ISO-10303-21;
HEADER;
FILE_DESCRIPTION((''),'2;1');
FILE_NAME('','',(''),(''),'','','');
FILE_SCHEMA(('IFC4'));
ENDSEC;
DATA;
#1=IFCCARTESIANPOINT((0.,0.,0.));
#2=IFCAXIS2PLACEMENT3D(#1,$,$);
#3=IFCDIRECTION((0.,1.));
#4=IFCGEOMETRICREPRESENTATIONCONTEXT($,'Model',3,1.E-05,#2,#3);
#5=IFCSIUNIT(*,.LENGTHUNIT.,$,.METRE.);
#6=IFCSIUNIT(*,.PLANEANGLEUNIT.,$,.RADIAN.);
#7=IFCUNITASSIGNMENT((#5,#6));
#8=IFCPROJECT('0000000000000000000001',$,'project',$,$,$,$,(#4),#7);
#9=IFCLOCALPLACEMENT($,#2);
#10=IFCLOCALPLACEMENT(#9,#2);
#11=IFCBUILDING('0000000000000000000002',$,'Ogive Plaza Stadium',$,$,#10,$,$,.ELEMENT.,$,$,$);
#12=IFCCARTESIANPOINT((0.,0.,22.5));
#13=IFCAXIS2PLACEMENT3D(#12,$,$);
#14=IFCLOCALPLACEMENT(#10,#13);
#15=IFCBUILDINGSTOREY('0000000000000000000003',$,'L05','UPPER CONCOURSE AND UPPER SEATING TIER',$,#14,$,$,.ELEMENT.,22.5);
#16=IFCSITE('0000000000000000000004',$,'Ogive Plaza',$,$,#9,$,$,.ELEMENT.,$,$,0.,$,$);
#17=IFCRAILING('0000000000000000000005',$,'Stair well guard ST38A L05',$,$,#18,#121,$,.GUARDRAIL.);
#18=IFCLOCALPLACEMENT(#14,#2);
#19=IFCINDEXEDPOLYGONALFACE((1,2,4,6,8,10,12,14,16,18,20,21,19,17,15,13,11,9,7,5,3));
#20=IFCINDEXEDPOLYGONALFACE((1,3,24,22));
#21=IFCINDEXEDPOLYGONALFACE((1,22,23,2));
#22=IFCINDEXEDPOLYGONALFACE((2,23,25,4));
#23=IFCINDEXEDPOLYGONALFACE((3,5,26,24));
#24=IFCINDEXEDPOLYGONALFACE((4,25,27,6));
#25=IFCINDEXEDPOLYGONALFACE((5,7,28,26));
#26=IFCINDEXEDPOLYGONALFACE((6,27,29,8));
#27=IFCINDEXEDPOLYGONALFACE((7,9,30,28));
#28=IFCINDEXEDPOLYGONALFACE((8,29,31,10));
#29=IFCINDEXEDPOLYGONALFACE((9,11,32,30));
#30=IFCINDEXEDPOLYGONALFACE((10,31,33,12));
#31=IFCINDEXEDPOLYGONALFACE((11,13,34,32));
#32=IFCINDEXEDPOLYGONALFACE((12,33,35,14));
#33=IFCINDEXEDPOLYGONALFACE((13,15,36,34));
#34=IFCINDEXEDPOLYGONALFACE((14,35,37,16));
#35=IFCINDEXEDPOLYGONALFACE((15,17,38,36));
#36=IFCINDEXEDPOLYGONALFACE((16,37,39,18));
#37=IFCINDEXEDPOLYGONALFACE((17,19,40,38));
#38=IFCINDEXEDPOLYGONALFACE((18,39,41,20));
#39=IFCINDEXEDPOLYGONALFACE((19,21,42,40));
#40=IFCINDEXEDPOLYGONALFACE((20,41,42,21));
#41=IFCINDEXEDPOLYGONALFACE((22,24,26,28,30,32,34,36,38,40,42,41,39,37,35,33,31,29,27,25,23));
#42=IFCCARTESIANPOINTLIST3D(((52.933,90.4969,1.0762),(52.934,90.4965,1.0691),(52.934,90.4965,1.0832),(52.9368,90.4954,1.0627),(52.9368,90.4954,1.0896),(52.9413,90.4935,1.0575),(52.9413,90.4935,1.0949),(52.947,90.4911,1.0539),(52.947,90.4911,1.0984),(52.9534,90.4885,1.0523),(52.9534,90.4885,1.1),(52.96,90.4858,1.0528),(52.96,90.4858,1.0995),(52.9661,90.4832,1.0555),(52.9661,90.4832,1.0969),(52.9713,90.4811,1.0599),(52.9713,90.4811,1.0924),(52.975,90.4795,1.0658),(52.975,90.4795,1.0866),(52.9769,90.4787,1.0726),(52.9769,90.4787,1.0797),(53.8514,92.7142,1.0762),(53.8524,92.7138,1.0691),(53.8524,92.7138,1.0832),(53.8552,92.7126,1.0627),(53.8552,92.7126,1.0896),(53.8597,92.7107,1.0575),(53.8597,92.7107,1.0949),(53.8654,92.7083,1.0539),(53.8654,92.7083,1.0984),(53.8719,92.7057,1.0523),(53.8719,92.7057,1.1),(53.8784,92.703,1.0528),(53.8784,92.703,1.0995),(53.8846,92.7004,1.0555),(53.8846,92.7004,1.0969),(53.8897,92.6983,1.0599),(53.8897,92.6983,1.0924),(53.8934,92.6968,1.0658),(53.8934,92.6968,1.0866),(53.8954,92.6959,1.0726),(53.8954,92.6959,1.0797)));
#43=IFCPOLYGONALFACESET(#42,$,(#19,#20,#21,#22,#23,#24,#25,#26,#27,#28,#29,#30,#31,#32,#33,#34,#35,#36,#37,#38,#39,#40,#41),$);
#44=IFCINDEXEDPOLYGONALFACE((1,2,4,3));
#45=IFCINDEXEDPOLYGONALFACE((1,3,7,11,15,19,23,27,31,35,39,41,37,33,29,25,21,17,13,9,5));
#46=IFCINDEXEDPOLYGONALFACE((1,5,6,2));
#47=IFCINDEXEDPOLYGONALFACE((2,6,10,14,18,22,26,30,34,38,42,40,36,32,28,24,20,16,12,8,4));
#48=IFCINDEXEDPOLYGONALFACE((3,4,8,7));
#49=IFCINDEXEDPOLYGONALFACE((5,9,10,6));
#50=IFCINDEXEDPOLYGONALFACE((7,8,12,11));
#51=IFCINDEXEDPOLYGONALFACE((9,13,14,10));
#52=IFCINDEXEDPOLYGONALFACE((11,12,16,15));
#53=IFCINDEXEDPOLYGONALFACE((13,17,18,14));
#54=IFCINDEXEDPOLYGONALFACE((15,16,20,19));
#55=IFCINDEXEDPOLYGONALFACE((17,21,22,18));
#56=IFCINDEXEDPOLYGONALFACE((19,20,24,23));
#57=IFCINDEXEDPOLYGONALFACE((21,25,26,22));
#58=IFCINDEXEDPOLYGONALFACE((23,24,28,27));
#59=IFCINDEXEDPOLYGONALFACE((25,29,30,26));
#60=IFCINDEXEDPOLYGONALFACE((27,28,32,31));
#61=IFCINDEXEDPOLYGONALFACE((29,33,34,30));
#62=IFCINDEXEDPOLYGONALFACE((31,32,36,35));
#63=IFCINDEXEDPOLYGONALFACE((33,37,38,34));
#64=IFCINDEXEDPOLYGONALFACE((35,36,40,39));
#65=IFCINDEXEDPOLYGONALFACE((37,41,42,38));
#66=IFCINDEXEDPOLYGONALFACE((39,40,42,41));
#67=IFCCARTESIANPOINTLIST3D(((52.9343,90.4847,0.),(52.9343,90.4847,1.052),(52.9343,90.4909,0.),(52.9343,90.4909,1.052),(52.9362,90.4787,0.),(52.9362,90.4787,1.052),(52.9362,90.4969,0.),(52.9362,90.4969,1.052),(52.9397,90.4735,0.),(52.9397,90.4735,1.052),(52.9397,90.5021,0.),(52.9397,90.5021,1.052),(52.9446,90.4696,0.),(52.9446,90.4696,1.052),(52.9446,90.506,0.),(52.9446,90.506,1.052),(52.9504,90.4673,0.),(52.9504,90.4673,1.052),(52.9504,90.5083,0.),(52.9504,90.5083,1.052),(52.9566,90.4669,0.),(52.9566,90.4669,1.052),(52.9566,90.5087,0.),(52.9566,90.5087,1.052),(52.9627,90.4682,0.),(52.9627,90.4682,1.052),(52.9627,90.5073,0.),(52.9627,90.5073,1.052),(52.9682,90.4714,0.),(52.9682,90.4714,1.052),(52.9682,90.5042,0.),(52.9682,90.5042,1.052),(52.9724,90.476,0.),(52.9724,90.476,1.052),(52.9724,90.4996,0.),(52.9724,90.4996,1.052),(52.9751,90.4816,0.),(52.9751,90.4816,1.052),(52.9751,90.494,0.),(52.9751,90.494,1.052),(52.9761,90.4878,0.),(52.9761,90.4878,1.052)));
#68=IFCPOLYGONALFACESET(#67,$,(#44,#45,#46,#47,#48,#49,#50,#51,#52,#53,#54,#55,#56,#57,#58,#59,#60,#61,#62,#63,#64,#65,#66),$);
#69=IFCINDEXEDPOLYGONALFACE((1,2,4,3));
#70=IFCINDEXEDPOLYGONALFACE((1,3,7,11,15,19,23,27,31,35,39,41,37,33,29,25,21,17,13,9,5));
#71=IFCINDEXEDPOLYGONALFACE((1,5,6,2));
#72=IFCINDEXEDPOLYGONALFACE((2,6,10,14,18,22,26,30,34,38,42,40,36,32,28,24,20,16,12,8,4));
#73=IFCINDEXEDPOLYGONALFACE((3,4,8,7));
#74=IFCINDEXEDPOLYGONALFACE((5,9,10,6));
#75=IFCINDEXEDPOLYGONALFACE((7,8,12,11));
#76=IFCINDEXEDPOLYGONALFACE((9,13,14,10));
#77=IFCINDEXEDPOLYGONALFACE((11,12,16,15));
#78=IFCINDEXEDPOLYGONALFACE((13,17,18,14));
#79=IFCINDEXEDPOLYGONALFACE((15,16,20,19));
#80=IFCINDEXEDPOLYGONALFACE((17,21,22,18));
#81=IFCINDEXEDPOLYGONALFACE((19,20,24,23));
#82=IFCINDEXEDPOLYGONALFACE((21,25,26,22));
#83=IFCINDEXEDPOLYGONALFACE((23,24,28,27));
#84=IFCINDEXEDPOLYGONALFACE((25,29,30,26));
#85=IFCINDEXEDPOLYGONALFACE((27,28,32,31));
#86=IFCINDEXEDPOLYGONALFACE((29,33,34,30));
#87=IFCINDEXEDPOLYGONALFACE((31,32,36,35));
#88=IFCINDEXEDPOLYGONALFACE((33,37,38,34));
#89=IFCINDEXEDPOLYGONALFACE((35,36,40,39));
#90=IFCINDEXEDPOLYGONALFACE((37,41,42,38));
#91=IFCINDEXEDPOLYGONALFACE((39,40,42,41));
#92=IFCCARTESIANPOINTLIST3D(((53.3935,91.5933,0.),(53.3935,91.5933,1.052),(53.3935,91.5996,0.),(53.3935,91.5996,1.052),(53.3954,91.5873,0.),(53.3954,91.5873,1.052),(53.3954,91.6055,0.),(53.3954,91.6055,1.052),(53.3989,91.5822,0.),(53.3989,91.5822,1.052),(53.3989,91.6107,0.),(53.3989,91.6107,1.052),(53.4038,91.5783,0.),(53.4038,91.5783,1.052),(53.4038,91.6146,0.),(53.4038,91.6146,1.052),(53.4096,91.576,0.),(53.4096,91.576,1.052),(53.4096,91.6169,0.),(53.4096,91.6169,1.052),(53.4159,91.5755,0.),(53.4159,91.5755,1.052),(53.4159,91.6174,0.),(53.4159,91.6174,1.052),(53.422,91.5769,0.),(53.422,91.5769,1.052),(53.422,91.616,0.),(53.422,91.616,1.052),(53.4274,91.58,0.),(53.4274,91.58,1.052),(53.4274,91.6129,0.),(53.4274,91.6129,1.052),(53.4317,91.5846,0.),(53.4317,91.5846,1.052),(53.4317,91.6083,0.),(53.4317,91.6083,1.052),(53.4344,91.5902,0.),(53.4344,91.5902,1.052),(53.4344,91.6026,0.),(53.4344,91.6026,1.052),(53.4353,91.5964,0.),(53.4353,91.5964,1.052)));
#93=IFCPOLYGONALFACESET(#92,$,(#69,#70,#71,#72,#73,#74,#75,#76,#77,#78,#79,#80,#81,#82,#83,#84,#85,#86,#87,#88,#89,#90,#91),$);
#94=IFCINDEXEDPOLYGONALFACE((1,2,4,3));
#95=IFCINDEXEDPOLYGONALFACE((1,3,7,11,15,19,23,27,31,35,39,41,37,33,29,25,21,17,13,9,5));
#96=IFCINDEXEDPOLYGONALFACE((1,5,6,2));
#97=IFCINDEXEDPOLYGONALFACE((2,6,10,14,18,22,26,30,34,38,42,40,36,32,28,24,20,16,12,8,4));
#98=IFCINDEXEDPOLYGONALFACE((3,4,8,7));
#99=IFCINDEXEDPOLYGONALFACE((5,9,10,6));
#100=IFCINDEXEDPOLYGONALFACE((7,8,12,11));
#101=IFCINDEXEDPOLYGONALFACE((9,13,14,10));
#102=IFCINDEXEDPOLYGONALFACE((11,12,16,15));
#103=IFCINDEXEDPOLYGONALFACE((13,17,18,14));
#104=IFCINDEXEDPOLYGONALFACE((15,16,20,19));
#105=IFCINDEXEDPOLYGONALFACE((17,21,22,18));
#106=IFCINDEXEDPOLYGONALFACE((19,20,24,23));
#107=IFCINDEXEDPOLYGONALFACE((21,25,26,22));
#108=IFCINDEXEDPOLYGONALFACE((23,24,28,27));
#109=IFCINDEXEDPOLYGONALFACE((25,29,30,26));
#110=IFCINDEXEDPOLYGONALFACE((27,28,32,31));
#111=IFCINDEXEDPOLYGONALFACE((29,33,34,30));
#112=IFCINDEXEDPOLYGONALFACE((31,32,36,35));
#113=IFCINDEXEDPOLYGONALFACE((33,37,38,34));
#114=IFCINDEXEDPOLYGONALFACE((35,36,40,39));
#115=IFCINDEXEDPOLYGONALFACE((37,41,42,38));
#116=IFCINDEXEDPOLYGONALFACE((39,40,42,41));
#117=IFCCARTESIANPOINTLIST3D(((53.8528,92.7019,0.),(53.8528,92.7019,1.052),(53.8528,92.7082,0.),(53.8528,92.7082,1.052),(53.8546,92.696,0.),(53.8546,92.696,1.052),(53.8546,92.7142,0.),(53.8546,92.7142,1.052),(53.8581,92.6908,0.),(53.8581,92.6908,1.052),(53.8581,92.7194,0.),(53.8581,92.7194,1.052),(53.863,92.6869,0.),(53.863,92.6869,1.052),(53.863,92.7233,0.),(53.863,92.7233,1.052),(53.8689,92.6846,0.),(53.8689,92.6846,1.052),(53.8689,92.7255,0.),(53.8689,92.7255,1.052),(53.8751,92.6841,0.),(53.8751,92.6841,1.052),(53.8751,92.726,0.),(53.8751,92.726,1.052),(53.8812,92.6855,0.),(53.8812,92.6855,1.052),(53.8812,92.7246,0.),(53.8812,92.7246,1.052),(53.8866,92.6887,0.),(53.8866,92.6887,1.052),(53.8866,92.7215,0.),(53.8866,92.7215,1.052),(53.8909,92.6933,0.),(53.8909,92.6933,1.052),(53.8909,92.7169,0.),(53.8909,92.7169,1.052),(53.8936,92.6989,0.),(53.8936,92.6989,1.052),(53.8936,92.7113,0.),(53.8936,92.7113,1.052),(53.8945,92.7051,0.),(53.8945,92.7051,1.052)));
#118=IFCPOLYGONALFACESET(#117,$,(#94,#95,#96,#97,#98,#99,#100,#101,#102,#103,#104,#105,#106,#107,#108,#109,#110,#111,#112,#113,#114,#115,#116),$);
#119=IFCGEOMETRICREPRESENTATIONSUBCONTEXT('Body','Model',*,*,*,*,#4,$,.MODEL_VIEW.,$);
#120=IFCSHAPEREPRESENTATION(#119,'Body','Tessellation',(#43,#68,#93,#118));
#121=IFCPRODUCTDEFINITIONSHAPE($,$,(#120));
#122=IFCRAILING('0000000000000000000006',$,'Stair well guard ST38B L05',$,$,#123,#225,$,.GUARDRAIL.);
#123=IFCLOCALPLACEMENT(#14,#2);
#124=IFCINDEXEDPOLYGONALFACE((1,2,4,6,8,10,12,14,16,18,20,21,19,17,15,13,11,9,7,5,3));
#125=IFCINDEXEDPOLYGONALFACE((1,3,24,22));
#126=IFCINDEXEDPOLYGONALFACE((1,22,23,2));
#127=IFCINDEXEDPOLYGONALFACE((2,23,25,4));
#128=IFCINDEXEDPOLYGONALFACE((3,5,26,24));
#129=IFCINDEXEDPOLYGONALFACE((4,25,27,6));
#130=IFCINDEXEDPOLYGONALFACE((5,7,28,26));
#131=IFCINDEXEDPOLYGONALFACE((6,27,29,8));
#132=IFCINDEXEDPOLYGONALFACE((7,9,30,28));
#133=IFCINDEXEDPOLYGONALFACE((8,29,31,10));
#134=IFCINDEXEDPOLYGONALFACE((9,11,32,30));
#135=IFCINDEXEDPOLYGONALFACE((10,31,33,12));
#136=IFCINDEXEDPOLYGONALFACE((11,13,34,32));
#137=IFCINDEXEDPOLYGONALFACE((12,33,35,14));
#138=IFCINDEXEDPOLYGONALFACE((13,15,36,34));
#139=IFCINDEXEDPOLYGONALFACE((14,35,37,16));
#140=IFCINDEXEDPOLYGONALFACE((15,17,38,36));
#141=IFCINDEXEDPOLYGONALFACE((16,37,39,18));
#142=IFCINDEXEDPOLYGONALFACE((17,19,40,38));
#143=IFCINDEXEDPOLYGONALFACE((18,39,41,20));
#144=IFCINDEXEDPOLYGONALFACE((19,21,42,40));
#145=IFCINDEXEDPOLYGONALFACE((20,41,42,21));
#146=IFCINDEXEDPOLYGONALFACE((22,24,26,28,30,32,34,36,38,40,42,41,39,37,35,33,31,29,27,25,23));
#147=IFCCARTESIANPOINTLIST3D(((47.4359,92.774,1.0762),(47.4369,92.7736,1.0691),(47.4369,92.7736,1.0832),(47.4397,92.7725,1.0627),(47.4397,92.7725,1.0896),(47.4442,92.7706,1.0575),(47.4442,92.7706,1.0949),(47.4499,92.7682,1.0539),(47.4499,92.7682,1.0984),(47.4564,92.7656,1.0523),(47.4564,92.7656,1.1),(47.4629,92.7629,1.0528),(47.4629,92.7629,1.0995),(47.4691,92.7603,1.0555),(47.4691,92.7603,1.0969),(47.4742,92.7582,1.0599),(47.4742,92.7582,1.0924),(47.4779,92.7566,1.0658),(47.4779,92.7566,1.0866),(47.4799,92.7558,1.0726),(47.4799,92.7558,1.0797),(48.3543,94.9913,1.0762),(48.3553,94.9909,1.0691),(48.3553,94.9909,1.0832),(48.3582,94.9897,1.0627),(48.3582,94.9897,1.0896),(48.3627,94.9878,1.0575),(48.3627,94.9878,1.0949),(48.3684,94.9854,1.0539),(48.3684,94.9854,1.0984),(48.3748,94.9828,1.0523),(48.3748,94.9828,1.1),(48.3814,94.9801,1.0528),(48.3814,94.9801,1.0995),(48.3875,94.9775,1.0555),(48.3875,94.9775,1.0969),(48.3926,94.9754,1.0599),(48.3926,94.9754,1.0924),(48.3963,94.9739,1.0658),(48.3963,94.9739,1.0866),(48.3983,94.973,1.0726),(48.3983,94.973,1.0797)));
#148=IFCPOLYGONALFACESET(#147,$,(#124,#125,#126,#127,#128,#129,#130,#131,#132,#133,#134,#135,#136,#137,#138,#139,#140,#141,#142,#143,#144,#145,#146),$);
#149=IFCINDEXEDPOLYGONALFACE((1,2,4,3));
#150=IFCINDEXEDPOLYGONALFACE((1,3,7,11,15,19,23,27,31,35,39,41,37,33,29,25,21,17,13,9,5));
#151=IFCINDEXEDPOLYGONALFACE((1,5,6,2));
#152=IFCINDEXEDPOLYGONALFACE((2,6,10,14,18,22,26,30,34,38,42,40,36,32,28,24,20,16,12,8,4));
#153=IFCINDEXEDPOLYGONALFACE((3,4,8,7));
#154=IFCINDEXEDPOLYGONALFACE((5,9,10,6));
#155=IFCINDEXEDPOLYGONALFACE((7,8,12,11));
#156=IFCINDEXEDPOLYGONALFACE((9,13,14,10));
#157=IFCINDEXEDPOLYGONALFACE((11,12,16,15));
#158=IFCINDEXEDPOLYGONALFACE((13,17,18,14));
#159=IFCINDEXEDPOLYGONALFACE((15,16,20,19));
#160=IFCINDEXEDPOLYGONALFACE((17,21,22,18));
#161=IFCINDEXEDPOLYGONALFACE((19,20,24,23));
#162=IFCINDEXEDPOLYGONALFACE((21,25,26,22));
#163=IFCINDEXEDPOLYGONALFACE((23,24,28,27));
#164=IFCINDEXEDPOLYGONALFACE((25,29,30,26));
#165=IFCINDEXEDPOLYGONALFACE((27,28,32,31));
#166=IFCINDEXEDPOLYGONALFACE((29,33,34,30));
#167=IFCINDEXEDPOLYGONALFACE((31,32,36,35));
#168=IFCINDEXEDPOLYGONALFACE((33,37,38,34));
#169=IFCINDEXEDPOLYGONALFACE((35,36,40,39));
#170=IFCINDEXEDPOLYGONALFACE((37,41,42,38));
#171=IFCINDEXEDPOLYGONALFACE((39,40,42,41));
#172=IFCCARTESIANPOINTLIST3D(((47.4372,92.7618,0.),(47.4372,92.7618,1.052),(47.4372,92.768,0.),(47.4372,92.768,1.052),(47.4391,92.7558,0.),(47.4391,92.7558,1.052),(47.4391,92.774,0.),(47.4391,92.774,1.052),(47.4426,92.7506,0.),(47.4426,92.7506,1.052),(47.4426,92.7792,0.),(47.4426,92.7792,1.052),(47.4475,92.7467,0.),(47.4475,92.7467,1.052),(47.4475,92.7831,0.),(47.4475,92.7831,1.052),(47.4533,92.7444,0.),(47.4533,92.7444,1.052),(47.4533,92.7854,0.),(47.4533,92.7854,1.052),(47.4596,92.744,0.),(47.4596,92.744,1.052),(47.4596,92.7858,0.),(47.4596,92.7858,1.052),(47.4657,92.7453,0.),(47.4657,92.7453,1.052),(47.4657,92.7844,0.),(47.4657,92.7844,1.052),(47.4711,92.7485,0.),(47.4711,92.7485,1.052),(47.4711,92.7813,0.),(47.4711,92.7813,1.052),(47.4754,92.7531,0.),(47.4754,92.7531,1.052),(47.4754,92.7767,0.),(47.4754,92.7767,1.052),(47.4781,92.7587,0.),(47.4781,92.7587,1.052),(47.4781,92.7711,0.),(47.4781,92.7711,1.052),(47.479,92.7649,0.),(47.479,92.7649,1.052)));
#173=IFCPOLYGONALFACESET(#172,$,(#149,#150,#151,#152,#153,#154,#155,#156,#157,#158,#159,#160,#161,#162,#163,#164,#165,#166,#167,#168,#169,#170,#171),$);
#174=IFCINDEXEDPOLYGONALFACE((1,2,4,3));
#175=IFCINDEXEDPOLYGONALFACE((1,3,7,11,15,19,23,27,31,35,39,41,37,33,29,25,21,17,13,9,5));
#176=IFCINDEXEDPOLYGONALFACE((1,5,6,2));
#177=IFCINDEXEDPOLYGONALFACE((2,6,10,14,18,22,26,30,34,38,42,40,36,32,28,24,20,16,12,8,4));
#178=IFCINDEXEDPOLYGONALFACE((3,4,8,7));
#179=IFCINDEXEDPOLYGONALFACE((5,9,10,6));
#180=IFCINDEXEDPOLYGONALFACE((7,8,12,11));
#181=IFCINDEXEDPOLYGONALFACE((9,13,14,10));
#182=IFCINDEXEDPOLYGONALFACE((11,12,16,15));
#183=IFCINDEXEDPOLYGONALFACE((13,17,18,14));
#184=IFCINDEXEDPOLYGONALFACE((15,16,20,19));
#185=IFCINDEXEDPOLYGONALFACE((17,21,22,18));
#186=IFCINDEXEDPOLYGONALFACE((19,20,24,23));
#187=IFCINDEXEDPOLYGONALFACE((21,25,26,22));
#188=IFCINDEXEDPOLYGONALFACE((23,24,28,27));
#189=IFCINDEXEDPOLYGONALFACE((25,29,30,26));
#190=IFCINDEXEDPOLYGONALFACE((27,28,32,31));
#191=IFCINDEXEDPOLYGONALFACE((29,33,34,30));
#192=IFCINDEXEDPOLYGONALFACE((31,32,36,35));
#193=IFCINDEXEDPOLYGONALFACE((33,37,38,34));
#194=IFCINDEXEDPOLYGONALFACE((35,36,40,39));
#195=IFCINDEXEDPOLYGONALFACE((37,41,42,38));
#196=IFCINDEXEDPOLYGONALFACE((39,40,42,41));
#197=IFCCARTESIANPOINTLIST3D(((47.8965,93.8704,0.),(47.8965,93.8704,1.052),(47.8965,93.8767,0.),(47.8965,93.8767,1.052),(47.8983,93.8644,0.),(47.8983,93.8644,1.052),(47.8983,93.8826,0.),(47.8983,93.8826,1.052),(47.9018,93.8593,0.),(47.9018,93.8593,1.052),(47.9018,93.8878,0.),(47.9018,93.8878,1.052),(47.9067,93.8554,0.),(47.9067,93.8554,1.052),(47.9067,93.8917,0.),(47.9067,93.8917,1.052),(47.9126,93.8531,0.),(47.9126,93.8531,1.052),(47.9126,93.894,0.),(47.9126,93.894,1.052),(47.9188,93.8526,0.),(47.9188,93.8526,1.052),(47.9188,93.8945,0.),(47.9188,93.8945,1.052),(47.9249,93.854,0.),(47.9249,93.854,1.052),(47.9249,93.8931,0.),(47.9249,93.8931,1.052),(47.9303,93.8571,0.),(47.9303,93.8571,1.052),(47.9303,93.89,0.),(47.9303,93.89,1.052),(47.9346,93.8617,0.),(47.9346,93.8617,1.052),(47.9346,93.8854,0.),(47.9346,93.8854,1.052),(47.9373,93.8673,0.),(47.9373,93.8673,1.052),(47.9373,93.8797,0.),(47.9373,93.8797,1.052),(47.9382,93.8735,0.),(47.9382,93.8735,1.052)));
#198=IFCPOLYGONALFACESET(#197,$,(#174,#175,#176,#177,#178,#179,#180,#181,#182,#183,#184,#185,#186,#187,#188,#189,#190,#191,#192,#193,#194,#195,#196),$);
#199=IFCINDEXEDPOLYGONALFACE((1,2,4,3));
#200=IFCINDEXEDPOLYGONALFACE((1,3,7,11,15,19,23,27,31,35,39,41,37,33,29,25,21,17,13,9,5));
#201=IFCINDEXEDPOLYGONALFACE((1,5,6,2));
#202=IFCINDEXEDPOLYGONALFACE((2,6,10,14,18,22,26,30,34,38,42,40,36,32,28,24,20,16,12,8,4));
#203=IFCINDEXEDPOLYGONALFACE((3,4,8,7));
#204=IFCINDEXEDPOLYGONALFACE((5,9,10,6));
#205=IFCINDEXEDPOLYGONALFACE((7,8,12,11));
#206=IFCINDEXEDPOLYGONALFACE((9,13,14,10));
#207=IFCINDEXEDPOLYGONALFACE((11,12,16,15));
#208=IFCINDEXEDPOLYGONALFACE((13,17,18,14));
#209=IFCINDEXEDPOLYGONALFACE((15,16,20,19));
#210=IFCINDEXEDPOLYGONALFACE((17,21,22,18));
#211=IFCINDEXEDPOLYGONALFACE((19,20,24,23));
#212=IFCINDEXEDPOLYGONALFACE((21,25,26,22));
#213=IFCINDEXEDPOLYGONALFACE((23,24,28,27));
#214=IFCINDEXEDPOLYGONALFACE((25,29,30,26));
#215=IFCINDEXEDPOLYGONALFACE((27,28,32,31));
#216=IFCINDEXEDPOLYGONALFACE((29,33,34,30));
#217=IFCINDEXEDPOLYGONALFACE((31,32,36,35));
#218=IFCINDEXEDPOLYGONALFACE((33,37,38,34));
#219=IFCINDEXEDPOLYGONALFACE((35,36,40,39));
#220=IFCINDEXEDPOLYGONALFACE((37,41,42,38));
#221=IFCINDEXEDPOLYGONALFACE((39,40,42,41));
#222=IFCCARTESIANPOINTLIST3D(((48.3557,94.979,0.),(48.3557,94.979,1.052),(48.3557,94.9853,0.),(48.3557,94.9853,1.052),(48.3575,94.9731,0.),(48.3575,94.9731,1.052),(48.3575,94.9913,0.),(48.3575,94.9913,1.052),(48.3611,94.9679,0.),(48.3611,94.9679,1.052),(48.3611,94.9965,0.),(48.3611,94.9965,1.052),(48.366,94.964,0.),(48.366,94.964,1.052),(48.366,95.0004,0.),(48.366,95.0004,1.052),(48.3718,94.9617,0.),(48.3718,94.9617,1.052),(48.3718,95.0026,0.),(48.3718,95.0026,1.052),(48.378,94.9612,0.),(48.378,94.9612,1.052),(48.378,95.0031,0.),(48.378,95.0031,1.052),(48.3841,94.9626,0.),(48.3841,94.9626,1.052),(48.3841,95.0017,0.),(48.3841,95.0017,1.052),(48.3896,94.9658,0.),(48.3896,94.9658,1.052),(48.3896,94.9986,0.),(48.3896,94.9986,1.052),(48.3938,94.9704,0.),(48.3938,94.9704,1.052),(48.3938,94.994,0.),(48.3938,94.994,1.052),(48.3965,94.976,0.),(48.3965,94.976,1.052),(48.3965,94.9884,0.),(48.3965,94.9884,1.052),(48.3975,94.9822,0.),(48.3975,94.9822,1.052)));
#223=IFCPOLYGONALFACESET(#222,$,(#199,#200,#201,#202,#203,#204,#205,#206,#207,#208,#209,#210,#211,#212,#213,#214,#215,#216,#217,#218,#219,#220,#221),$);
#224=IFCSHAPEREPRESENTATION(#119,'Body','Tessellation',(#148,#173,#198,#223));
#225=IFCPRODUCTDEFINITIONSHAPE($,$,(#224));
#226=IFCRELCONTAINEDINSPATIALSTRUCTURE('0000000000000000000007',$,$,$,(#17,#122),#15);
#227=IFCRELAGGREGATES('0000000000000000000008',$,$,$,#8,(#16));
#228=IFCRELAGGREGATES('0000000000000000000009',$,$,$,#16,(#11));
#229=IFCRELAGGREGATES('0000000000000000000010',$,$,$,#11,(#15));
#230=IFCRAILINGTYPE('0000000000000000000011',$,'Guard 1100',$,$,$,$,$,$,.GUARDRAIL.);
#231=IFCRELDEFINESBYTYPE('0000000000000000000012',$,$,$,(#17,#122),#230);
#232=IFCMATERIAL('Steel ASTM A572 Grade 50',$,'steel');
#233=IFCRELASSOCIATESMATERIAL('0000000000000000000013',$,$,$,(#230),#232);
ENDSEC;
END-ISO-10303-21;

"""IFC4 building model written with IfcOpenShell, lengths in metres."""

from ifc_helpers import new_model, si_unit, direction, frame, origin, origin_2d, place, context, subcontext, project, spatial, circle, extrude, material, type_object, element, save


model = new_model("IFC4")

# Units and contexts
model_context = context("Model", 3, precision=1e-05, world=origin(), true_north=direction((0.0, 1.0)))
body_context = subcontext(model_context, "Body", "Model", "MODEL_VIEW")
ifc_project = project(units=[si_unit("LENGTHUNIT", "METRE"), si_unit("PLANEANGLEUNIT", "RADIAN")], contexts=[model_context])

# Site, building, storey
site_placement = place(None, origin())
site = spatial("IfcSite", under=ifc_project, at=site_placement, Name="Ogive Plaza", CompositionType="ELEMENT", RefElevation=0.0)
building_placement = place(site_placement, origin())
building = spatial("IfcBuilding", under=site, at=building_placement, Name="Ogive Plaza Stadium", CompositionType="ELEMENT")
storey_placement = place(building_placement, frame((0.0, 0.0, 22.5)))
storey = spatial("IfcBuildingStorey", under=building, at=storey_placement, Name="L05", Description="UPPER CONCOURSE AND UPPER SEATING TIER", CompositionType="ELEMENT", Elevation=22.5)

# Railings
ifc_material_1 = material(Name="Steel ASTM A572 Grade 50", Category="steel")
railing_type = type_object("IfcRailingType", Name="Guard 1100", PredefinedType="GUARDRAIL", material=ifc_material_1)
for number, where, name in (
    (1, (52.9551, 90.4878, 0.0), "Stair well guard ST38A L05"),
    (2, (47.458, 92.7649, 0.0), "Stair well guard ST38B L05"),
):
    element("IfcRailing", number, at=place(storey_placement, frame(where)), inside=storey, type_object=railing_type, Name=name, PredefinedType="GUARDRAIL", context=body_context, shape_type="SweptSolid", body=[
        extrude(circle(Radius=0.0239, at=origin_2d()), frame((0.0, 0.0, 1.0762), z_axis=(0.382693, 0.923875, 0.0), x_axis=(-0.923875, 0.382693, 0.0)), (0.0, 0.0, 1.0), 2.3999),
        extrude(circle(Radius=0.021, at=origin_2d()), origin(), (0.0, 0.0, 1.0), 1.052),
        extrude(circle(Radius=0.021, at=origin_2d()), frame((0.4592, 1.1086, 0.0)), (0.0, 0.0, 1.0), 1.052),
        extrude(circle(Radius=0.021, at=origin_2d()), frame((0.9185, 2.2173, 0.0)), (0.0, 0.0, 1.0), 1.052),
    ])

save(model, "model.ifc")
